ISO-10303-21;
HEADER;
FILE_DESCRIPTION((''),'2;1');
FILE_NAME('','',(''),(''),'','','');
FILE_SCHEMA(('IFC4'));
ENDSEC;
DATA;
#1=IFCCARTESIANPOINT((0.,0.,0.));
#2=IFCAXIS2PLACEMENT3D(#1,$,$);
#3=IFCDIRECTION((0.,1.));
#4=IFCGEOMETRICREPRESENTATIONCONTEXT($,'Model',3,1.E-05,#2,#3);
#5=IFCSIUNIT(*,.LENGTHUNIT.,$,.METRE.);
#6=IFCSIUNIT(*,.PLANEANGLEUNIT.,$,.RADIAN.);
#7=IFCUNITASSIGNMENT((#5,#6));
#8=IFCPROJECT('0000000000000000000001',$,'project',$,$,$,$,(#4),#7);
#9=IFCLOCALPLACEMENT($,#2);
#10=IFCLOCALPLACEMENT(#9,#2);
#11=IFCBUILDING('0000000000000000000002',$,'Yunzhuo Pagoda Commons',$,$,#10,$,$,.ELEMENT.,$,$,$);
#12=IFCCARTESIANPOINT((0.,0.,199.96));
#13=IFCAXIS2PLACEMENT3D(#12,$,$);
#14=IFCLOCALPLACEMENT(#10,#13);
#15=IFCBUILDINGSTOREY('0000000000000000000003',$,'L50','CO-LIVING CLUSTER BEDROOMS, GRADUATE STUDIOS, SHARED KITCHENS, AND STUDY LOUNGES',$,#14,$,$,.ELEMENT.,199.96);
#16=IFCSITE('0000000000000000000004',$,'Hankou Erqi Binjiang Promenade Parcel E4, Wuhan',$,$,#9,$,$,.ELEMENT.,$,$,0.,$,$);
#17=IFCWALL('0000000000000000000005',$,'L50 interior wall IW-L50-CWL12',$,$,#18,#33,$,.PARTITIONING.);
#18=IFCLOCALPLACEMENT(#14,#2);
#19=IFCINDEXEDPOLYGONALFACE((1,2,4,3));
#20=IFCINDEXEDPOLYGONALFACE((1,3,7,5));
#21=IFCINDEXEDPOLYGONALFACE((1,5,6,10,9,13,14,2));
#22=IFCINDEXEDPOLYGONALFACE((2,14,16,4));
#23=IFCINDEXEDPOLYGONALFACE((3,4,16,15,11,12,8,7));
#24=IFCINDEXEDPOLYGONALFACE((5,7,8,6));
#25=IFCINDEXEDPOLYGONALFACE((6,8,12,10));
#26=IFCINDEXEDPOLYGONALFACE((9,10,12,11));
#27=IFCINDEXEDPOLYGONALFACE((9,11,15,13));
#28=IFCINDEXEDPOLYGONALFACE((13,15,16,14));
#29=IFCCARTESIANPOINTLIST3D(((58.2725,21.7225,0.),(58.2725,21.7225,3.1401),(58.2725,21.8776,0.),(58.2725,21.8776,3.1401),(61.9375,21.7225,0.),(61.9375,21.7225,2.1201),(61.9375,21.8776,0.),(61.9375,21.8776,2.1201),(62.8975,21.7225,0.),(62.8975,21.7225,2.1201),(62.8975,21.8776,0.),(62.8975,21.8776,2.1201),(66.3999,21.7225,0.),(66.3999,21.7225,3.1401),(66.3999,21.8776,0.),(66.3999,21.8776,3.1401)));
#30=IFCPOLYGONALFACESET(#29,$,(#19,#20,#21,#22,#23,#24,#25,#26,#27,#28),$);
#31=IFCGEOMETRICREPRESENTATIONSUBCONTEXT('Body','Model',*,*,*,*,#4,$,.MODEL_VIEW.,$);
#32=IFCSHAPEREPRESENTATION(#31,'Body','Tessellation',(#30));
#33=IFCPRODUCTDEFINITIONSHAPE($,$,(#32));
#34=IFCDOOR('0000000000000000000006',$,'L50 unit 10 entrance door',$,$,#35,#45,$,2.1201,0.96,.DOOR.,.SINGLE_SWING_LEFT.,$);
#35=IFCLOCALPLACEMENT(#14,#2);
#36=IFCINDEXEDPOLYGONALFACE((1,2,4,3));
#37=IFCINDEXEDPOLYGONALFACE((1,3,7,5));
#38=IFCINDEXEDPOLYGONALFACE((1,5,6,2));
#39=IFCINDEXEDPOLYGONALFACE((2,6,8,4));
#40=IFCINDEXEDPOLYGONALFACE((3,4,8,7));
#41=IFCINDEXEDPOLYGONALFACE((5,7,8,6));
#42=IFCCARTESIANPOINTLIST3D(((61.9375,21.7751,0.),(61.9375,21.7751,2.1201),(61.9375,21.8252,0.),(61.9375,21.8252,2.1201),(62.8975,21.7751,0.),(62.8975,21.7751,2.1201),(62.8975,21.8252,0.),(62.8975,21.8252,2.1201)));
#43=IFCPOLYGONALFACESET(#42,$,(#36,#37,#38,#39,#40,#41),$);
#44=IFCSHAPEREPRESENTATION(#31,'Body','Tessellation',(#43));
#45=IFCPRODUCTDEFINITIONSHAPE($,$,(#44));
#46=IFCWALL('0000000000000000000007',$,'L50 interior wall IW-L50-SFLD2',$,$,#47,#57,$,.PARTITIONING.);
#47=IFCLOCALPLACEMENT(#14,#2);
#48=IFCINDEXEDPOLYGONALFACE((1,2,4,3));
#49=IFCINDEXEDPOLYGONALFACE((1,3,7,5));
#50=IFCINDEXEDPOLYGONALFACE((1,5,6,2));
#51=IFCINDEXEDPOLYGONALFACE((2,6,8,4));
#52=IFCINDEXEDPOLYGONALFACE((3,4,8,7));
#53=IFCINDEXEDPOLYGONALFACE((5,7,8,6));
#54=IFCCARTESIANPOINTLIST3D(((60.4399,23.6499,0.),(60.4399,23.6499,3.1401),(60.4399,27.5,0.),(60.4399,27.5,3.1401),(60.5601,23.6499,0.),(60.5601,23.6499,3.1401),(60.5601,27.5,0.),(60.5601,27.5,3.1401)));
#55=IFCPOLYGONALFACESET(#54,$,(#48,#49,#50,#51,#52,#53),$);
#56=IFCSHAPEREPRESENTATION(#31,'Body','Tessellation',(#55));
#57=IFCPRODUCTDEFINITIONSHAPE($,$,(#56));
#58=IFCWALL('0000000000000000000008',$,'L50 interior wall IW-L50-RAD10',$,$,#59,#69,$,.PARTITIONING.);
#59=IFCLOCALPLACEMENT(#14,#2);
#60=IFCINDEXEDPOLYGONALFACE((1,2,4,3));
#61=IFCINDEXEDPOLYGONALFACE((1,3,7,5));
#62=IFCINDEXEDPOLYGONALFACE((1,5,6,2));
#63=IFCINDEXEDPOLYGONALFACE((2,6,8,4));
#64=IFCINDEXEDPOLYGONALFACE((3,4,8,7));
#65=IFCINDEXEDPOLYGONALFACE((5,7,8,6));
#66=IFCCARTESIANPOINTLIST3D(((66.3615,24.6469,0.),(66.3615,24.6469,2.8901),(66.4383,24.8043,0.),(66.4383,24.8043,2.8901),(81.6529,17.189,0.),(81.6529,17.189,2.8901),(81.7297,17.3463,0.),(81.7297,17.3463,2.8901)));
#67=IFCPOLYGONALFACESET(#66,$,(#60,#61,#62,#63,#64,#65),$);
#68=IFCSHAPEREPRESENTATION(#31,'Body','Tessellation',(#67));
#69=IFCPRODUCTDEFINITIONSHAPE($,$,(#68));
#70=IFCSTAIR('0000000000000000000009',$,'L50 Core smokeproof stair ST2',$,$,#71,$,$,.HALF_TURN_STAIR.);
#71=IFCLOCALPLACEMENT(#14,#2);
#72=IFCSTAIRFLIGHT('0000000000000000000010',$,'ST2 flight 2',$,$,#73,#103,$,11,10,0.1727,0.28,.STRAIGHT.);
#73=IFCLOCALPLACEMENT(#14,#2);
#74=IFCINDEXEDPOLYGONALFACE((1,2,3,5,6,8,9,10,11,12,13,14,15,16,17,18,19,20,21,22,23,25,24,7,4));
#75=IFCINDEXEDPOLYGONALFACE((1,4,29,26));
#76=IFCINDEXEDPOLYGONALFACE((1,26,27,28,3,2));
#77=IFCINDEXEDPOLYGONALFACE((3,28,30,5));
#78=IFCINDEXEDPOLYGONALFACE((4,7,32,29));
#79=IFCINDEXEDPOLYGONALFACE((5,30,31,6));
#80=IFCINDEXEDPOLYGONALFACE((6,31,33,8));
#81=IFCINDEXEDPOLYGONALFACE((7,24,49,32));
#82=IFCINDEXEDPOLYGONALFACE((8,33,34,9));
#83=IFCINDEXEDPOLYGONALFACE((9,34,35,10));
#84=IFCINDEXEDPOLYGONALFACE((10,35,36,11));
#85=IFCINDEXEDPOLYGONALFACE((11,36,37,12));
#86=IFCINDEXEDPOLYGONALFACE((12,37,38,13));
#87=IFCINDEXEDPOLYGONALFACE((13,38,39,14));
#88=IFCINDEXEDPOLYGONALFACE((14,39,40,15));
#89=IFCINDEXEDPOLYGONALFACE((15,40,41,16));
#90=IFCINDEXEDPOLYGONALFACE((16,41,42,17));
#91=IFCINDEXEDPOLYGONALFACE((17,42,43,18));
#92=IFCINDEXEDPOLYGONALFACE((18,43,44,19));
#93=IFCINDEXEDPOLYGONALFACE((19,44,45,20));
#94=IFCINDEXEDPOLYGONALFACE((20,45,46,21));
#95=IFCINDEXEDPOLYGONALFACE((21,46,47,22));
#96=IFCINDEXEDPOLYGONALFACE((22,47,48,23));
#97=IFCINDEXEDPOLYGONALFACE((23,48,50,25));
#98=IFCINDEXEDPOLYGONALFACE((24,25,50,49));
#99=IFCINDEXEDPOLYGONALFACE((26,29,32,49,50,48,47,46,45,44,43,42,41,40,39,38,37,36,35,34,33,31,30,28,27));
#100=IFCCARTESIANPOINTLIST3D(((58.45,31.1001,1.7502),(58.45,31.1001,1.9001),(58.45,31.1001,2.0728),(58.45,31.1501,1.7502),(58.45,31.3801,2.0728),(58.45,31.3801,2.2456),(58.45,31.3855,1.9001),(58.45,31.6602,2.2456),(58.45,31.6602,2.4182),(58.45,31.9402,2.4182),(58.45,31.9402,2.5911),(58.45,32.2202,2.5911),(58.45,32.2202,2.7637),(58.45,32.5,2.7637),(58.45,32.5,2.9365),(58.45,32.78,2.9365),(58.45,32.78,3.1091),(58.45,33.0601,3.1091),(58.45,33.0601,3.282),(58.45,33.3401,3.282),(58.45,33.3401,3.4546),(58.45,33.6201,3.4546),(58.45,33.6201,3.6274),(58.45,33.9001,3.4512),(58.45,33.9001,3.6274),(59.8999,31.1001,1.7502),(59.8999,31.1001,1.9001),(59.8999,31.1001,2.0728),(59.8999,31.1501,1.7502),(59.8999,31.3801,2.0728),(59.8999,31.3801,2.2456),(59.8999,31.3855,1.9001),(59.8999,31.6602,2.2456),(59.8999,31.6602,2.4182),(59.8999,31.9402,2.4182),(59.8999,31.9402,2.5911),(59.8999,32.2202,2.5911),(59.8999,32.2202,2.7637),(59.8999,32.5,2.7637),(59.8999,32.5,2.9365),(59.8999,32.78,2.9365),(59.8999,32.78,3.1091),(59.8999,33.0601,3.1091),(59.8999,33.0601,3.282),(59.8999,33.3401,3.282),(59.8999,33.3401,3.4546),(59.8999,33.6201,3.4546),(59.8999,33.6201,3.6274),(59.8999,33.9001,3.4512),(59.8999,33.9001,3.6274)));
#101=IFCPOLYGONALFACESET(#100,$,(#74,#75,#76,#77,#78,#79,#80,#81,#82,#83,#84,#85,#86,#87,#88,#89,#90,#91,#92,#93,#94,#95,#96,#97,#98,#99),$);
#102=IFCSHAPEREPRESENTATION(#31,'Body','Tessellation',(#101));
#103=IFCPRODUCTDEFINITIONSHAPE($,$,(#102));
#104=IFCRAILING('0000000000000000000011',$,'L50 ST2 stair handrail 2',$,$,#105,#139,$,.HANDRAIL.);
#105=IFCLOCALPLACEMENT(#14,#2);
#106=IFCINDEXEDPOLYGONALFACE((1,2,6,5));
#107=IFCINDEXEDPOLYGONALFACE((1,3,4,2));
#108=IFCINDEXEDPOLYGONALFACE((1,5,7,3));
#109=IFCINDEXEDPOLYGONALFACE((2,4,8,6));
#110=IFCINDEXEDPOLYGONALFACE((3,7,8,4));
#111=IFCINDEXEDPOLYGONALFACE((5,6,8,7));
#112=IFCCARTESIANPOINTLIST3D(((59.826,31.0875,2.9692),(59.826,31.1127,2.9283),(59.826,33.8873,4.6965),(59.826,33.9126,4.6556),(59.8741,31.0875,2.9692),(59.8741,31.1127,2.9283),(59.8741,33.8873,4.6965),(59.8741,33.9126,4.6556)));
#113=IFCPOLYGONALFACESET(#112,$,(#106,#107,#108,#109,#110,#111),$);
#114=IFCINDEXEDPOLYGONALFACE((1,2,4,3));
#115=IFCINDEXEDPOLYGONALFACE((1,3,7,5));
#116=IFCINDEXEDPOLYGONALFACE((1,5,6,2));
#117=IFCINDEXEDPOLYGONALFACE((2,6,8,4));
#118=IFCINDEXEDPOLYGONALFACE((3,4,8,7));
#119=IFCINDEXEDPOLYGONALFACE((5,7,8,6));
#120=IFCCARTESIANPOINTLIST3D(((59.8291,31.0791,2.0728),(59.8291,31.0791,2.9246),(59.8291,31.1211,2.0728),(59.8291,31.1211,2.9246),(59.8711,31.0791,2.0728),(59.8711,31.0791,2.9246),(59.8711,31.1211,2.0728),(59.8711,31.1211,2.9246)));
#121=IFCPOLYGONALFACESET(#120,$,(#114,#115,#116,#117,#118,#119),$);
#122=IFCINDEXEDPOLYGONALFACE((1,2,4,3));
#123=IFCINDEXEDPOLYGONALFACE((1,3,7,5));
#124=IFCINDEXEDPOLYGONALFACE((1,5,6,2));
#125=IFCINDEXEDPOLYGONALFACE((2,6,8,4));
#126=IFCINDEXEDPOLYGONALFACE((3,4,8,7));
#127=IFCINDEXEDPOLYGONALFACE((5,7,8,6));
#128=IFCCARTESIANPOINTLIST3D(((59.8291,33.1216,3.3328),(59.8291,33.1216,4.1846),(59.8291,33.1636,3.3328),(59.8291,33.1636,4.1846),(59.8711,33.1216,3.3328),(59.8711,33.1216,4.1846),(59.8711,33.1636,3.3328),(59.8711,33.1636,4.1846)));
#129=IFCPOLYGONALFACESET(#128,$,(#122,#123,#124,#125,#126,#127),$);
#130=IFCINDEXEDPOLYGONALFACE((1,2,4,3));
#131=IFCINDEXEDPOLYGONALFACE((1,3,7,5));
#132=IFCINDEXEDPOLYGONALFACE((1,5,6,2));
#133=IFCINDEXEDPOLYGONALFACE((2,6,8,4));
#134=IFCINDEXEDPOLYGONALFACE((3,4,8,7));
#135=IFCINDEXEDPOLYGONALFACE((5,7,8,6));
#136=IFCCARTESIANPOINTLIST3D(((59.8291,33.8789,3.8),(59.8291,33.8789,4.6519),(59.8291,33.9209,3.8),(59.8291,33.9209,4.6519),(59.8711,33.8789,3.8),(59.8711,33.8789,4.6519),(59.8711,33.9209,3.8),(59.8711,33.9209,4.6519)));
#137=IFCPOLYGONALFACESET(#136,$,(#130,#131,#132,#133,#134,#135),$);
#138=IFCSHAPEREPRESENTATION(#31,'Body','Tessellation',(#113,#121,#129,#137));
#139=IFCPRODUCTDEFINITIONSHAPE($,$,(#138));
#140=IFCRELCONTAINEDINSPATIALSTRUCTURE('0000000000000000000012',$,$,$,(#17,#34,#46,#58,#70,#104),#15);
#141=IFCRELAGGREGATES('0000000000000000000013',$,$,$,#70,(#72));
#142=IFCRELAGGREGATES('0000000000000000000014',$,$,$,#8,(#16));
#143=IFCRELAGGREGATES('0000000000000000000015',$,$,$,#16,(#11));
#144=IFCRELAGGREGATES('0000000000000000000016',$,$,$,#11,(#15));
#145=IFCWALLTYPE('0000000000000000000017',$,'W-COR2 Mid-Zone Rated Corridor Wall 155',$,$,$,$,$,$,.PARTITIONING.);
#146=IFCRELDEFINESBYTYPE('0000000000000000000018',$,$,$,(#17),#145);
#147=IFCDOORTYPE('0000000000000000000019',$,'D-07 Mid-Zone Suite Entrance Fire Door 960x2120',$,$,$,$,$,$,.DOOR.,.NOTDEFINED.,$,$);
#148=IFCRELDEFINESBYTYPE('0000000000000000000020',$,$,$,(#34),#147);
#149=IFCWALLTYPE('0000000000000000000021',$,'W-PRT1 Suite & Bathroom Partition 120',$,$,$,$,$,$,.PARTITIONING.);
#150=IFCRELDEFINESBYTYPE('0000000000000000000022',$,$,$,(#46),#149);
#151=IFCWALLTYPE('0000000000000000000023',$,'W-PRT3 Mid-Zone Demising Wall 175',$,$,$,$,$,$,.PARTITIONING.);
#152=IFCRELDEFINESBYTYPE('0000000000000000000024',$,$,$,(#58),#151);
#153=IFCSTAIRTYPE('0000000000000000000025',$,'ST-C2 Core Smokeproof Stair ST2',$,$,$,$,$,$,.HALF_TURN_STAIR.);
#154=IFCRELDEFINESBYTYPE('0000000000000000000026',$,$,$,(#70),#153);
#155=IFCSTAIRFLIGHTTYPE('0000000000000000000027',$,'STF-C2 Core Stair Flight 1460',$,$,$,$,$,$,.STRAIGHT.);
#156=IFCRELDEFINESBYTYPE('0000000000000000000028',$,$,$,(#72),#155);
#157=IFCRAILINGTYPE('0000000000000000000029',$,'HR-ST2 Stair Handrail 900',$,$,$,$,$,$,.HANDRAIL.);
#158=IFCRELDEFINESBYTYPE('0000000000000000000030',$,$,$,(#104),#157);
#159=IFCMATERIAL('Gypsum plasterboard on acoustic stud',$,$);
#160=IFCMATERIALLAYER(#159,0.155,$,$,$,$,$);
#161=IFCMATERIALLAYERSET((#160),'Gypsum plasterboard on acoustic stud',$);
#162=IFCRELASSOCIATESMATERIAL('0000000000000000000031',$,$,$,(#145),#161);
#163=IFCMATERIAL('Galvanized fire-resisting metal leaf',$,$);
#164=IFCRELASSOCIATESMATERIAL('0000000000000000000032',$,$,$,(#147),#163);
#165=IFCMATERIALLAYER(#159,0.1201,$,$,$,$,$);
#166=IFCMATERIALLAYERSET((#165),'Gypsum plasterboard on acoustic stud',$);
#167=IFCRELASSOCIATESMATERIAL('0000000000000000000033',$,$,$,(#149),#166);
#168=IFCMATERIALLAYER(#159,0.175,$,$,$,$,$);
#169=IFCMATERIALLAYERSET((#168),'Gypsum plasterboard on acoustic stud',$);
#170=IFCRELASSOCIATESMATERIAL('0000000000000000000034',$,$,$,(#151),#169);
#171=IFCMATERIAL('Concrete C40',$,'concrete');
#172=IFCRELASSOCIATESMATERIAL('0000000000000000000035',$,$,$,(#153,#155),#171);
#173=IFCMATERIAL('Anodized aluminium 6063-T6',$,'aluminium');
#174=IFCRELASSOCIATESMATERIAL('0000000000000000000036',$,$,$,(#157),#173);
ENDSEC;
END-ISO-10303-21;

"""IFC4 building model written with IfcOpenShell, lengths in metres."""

from ifc_helpers import new_model, si_unit, direction, frame, frame_2d, origin, origin_with_axes, origin_2d, place, context, subcontext, project, spatial, polyline, rectangle, outline, extrude, source, transform, mapped, material, layer, layer_set, type_object, element, fill, aggregate, save


model = new_model("IFC4")

# Units and contexts
model_context = context("Model", 3, precision=1e-05, world=origin(), true_north=direction((0.0, 1.0)))
body_context = subcontext(model_context, "Body", "Model", "MODEL_VIEW")
ifc_project = project(units=[si_unit("LENGTHUNIT", "METRE"), si_unit("PLANEANGLEUNIT", "RADIAN")], contexts=[model_context])

# Site, building, storey
site_placement = place(None, origin())
site = spatial("IfcSite", under=ifc_project, at=site_placement, Name="Hankou Erqi Binjiang Promenade Parcel E4, Wuhan", CompositionType="ELEMENT", RefElevation=0.0)
building_placement = place(site_placement, origin())
building = spatial("IfcBuilding", under=site, at=building_placement, Name="Yunzhuo Pagoda Commons", CompositionType="ELEMENT")
storey_placement = place(building_placement, frame((0.0, 0.0, 199.96)))
storey = spatial("IfcBuildingStorey", under=building, at=storey_placement, Name="L50", Description="CO-LIVING CLUSTER BEDROOMS, GRADUATE STUDIOS, SHARED KITCHENS, AND STUDY LOUNGES", CompositionType="ELEMENT", Elevation=199.96)

# Shared definitions
ifc_material_1 = material(Name="Anodized aluminium 6063-T6", Category="aluminium")

# Shared definitions
ifc_material_2 = material(Name="Gypsum plasterboard on acoustic stud")
ifc_layer_1 = layer(ifc_material_2, 0.155)
ifc_layer_set_1 = layer_set([ifc_layer_1], Name="Gypsum plasterboard on acoustic stud")
wall_type_1 = type_object("IfcWallType", Name="W-COR2 Mid-Zone Rated Corridor Wall 155", PredefinedType="PARTITIONING", material=ifc_layer_set_1)

# Wall, opening, door
wall_1_placement = place(storey_placement, frame((66.3999, 21.8, 0.0), z_axis=(0.0, 0.0, 1.0), x_axis=(-1.0, 0.0, 0.0)))
wall_1 = element("IfcWall", 1, at=wall_1_placement, inside=storey, type_object=wall_type_1, Name="L50 interior wall IW-L50-CWL12", PredefinedType="PARTITIONING", context=body_context, shape_type="SweptSolid", body=[
    extrude(rectangle(XDim=8.1274, YDim=0.155, at=frame_2d((4.0637, 0.0))), origin(), (0.0, 0.0, 1.0), 3.1401),
])
opening_1_placement = place(wall_1_placement, frame((3.5024, 0.0, 0.0)))
opening_1 = element("IfcOpeningElement", 2, at=opening_1_placement, cuts=wall_1, PredefinedType="OPENING", context=body_context, shape_type="SweptSolid", body=[
    extrude(rectangle(XDim=0.96, YDim=2.1201, at=frame_2d((0.48, 1.0601))), frame((0.0, 0.0874, 0.0), z_axis=(0.0, -1.0, 0.0), x_axis=(1.0, 0.0, 0.0)), (0.0, 0.0, 1.0), 0.175),
])
ifc_material_3 = material(Name="Galvanized fire-resisting metal leaf")
door_type_1 = type_object("IfcDoorType", Name="D-07 Mid-Zone Suite Entrance Fire Door 960x2120", OperationType="NOTDEFINED", PredefinedType="DOOR", material=ifc_material_3)
shared_shape_1 = source(origin(), body_context, "Body", "SweptSolid", [
    extrude(rectangle(XDim=0.96, YDim=2.1201, at=frame_2d((0.48, 1.0601))), frame((0.0, 0.0249, 0.0), z_axis=(0.0, -1.0, 0.0), x_axis=(1.0, 0.0, 0.0)), (0.0, 0.0, 1.0), 0.05),
])
door_1_placement = place(opening_1_placement, origin_with_axes())
door_1 = element("IfcDoor", 3, at=door_1_placement, inside=storey, type_object=door_type_1, Name="L50 unit 10 entrance door", OperationType="SINGLE_SWING_LEFT", OverallHeight=2.1201, OverallWidth=0.96, PredefinedType="DOOR", context=body_context, shape_type="MappedRepresentation", body=[
    mapped(shared_shape_1, transform((0.0, 0.0, 0.0), scale=1.0)),
])
fill(opening_1, door_1)

# Walls
ifc_layer_2 = layer(ifc_material_2, 0.1201)
ifc_layer_set_2 = layer_set([ifc_layer_2], Name="Gypsum plasterboard on acoustic stud")
wall_type_2 = type_object("IfcWallType", Name="W-PRT1 Suite & Bathroom Partition 120", PredefinedType="PARTITIONING", material=ifc_layer_set_2)
wall_2_placement = place(storey_placement, frame((60.5, 23.6499, 0.0), z_axis=(0.0, 0.0, 1.0), x_axis=(0.0, 1.0, 0.0)))
element("IfcWall", 4, at=wall_2_placement, inside=storey, type_object=wall_type_2, Name="L50 interior wall IW-L50-SFLD2", PredefinedType="PARTITIONING", context=body_context, shape_type="SweptSolid", body=[
    extrude(rectangle(XDim=3.8501, YDim=0.1201, at=frame_2d((1.925, 0.0))), origin(), (0.0, 0.0, 1.0), 3.1401),
])
ifc_layer_3 = layer(ifc_material_2, 0.175)
ifc_layer_set_3 = layer_set([ifc_layer_3], Name="Gypsum plasterboard on acoustic stud")
wall_type_3 = type_object("IfcWallType", Name="W-PRT3 Mid-Zone Demising Wall 175", PredefinedType="PARTITIONING", material=ifc_layer_set_3)
wall_3_placement = place(storey_placement, frame((66.3999, 24.7256, 0.0), z_axis=(0.0, 0.0, 1.0), x_axis=(0.898798, -0.438364, 0.0)))
element("IfcWall", 5, at=wall_3_placement, inside=storey, type_object=wall_type_3, Name="L50 interior wall IW-L50-RAD10", PredefinedType="PARTITIONING", context=body_context, shape_type="SweptSolid", body=[
    extrude(rectangle(XDim=17.0132, YDim=0.175, at=frame_2d((8.5066, 0.0))), origin(), (0.0, 0.0, 1.0), 2.8901),
])

# Stair, stair flight
ifc_material_4 = material(Name="Concrete C40", Category="concrete")
stair_type = type_object("IfcStairType", Name="ST-C2 Core Smokeproof Stair ST2", PredefinedType="HALF_TURN_STAIR", material=ifc_material_4)
stair_placement = place(storey_placement, origin())
stair = element("IfcStair", 6, at=stair_placement, inside=storey, type_object=stair_type, Name="L50 Core smokeproof stair ST2", PredefinedType="HALF_TURN_STAIR")
stair_flight_type = type_object("IfcStairFlightType", Name="STF-C2 Core Stair Flight 1460", PredefinedType="STRAIGHT", material=ifc_material_4)
shared_shape_2 = source(origin(), body_context, "Body", "SweptSolid", [
    extrude(outline(polyline([(0.0, -0.1499), (0.0, 0.0), (0.0, 0.1726), (0.28, 0.1726), (0.28, 0.3455), (0.5601, 0.3455), (0.5601, 0.5181), (0.8401, 0.5181), (0.8401, 0.6909), (1.1201, 0.6909), (1.1201, 0.8635), (1.3999, 0.8635), (1.3999, 1.0364), (1.6799, 1.0364), (1.6799, 1.209), (1.96, 1.209), (1.96, 1.3818), (2.24, 1.3818), (2.24, 1.5544), (2.52, 1.5544), (2.52, 1.7273), (2.8, 1.7273), (2.8, 1.8999), (2.8, 1.551), (0.2854, 0.0), (0.05, -0.1499), (0.0, -0.1499)])), frame((0.0, 0.7251, 0.0), z_axis=(0.0, -1.0, 0.0), x_axis=(1.0, 0.0, 0.0)), (0.0, 0.0, 1.0), 1.45),
])
stair_flight_placement = place(storey_placement, frame((59.175, 31.1001, 1.9001), z_axis=(0.0, 0.0, 1.0), x_axis=(0.0, 1.0, 0.0)))
stair_flight = element("IfcStairFlight", 7, at=stair_flight_placement, type_object=stair_flight_type, Name="ST2 flight 2", NumberOfRisers=11, NumberOfTreads=10, PredefinedType="STRAIGHT", RiserHeight=0.1727, TreadLength=0.28, context=body_context, shape_type="MappedRepresentation", body=[
    mapped(shared_shape_2, transform((0.0, 0.0, 0.0), scale=1.0)),
])
aggregate(stair, [stair_flight])

# Railing
railing_type = type_object("IfcRailingType", Name="HR-ST2 Stair Handrail 900", PredefinedType="HANDRAIL", material=ifc_material_1)
railing_placement = place(storey_placement, frame((59.8501, 31.1001, 2.0728)))
element("IfcRailing", 8, at=railing_placement, inside=storey, type_object=railing_type, Name="L50 ST2 stair handrail 2", PredefinedType="HANDRAIL", context=body_context, shape_type="SweptSolid", body=[
    extrude(rectangle(XDim=0.0481, YDim=0.0481, at=origin_2d()), frame((0.0, 0.0, 0.876), z_axis=(0.0, 0.851069, 0.525054), x_axis=(-1.0, 0.0, 0.0)), (0.0, 0.0, 1.0), 3.2898),
    extrude(rectangle(XDim=0.042, YDim=0.042, at=origin_2d()), origin(), (0.0, 0.0, 1.0), 0.8518),
    extrude(rectangle(XDim=0.042, YDim=0.042, at=origin_2d()), frame((0.0, 2.0425, 1.26)), (0.0, 0.0, 1.0), 0.8518),
    extrude(rectangle(XDim=0.042, YDim=0.042, at=origin_2d()), frame((0.0, 2.7998, 1.7273)), (0.0, 0.0, 1.0), 0.8518),
])

save(model, "model.ifc")
